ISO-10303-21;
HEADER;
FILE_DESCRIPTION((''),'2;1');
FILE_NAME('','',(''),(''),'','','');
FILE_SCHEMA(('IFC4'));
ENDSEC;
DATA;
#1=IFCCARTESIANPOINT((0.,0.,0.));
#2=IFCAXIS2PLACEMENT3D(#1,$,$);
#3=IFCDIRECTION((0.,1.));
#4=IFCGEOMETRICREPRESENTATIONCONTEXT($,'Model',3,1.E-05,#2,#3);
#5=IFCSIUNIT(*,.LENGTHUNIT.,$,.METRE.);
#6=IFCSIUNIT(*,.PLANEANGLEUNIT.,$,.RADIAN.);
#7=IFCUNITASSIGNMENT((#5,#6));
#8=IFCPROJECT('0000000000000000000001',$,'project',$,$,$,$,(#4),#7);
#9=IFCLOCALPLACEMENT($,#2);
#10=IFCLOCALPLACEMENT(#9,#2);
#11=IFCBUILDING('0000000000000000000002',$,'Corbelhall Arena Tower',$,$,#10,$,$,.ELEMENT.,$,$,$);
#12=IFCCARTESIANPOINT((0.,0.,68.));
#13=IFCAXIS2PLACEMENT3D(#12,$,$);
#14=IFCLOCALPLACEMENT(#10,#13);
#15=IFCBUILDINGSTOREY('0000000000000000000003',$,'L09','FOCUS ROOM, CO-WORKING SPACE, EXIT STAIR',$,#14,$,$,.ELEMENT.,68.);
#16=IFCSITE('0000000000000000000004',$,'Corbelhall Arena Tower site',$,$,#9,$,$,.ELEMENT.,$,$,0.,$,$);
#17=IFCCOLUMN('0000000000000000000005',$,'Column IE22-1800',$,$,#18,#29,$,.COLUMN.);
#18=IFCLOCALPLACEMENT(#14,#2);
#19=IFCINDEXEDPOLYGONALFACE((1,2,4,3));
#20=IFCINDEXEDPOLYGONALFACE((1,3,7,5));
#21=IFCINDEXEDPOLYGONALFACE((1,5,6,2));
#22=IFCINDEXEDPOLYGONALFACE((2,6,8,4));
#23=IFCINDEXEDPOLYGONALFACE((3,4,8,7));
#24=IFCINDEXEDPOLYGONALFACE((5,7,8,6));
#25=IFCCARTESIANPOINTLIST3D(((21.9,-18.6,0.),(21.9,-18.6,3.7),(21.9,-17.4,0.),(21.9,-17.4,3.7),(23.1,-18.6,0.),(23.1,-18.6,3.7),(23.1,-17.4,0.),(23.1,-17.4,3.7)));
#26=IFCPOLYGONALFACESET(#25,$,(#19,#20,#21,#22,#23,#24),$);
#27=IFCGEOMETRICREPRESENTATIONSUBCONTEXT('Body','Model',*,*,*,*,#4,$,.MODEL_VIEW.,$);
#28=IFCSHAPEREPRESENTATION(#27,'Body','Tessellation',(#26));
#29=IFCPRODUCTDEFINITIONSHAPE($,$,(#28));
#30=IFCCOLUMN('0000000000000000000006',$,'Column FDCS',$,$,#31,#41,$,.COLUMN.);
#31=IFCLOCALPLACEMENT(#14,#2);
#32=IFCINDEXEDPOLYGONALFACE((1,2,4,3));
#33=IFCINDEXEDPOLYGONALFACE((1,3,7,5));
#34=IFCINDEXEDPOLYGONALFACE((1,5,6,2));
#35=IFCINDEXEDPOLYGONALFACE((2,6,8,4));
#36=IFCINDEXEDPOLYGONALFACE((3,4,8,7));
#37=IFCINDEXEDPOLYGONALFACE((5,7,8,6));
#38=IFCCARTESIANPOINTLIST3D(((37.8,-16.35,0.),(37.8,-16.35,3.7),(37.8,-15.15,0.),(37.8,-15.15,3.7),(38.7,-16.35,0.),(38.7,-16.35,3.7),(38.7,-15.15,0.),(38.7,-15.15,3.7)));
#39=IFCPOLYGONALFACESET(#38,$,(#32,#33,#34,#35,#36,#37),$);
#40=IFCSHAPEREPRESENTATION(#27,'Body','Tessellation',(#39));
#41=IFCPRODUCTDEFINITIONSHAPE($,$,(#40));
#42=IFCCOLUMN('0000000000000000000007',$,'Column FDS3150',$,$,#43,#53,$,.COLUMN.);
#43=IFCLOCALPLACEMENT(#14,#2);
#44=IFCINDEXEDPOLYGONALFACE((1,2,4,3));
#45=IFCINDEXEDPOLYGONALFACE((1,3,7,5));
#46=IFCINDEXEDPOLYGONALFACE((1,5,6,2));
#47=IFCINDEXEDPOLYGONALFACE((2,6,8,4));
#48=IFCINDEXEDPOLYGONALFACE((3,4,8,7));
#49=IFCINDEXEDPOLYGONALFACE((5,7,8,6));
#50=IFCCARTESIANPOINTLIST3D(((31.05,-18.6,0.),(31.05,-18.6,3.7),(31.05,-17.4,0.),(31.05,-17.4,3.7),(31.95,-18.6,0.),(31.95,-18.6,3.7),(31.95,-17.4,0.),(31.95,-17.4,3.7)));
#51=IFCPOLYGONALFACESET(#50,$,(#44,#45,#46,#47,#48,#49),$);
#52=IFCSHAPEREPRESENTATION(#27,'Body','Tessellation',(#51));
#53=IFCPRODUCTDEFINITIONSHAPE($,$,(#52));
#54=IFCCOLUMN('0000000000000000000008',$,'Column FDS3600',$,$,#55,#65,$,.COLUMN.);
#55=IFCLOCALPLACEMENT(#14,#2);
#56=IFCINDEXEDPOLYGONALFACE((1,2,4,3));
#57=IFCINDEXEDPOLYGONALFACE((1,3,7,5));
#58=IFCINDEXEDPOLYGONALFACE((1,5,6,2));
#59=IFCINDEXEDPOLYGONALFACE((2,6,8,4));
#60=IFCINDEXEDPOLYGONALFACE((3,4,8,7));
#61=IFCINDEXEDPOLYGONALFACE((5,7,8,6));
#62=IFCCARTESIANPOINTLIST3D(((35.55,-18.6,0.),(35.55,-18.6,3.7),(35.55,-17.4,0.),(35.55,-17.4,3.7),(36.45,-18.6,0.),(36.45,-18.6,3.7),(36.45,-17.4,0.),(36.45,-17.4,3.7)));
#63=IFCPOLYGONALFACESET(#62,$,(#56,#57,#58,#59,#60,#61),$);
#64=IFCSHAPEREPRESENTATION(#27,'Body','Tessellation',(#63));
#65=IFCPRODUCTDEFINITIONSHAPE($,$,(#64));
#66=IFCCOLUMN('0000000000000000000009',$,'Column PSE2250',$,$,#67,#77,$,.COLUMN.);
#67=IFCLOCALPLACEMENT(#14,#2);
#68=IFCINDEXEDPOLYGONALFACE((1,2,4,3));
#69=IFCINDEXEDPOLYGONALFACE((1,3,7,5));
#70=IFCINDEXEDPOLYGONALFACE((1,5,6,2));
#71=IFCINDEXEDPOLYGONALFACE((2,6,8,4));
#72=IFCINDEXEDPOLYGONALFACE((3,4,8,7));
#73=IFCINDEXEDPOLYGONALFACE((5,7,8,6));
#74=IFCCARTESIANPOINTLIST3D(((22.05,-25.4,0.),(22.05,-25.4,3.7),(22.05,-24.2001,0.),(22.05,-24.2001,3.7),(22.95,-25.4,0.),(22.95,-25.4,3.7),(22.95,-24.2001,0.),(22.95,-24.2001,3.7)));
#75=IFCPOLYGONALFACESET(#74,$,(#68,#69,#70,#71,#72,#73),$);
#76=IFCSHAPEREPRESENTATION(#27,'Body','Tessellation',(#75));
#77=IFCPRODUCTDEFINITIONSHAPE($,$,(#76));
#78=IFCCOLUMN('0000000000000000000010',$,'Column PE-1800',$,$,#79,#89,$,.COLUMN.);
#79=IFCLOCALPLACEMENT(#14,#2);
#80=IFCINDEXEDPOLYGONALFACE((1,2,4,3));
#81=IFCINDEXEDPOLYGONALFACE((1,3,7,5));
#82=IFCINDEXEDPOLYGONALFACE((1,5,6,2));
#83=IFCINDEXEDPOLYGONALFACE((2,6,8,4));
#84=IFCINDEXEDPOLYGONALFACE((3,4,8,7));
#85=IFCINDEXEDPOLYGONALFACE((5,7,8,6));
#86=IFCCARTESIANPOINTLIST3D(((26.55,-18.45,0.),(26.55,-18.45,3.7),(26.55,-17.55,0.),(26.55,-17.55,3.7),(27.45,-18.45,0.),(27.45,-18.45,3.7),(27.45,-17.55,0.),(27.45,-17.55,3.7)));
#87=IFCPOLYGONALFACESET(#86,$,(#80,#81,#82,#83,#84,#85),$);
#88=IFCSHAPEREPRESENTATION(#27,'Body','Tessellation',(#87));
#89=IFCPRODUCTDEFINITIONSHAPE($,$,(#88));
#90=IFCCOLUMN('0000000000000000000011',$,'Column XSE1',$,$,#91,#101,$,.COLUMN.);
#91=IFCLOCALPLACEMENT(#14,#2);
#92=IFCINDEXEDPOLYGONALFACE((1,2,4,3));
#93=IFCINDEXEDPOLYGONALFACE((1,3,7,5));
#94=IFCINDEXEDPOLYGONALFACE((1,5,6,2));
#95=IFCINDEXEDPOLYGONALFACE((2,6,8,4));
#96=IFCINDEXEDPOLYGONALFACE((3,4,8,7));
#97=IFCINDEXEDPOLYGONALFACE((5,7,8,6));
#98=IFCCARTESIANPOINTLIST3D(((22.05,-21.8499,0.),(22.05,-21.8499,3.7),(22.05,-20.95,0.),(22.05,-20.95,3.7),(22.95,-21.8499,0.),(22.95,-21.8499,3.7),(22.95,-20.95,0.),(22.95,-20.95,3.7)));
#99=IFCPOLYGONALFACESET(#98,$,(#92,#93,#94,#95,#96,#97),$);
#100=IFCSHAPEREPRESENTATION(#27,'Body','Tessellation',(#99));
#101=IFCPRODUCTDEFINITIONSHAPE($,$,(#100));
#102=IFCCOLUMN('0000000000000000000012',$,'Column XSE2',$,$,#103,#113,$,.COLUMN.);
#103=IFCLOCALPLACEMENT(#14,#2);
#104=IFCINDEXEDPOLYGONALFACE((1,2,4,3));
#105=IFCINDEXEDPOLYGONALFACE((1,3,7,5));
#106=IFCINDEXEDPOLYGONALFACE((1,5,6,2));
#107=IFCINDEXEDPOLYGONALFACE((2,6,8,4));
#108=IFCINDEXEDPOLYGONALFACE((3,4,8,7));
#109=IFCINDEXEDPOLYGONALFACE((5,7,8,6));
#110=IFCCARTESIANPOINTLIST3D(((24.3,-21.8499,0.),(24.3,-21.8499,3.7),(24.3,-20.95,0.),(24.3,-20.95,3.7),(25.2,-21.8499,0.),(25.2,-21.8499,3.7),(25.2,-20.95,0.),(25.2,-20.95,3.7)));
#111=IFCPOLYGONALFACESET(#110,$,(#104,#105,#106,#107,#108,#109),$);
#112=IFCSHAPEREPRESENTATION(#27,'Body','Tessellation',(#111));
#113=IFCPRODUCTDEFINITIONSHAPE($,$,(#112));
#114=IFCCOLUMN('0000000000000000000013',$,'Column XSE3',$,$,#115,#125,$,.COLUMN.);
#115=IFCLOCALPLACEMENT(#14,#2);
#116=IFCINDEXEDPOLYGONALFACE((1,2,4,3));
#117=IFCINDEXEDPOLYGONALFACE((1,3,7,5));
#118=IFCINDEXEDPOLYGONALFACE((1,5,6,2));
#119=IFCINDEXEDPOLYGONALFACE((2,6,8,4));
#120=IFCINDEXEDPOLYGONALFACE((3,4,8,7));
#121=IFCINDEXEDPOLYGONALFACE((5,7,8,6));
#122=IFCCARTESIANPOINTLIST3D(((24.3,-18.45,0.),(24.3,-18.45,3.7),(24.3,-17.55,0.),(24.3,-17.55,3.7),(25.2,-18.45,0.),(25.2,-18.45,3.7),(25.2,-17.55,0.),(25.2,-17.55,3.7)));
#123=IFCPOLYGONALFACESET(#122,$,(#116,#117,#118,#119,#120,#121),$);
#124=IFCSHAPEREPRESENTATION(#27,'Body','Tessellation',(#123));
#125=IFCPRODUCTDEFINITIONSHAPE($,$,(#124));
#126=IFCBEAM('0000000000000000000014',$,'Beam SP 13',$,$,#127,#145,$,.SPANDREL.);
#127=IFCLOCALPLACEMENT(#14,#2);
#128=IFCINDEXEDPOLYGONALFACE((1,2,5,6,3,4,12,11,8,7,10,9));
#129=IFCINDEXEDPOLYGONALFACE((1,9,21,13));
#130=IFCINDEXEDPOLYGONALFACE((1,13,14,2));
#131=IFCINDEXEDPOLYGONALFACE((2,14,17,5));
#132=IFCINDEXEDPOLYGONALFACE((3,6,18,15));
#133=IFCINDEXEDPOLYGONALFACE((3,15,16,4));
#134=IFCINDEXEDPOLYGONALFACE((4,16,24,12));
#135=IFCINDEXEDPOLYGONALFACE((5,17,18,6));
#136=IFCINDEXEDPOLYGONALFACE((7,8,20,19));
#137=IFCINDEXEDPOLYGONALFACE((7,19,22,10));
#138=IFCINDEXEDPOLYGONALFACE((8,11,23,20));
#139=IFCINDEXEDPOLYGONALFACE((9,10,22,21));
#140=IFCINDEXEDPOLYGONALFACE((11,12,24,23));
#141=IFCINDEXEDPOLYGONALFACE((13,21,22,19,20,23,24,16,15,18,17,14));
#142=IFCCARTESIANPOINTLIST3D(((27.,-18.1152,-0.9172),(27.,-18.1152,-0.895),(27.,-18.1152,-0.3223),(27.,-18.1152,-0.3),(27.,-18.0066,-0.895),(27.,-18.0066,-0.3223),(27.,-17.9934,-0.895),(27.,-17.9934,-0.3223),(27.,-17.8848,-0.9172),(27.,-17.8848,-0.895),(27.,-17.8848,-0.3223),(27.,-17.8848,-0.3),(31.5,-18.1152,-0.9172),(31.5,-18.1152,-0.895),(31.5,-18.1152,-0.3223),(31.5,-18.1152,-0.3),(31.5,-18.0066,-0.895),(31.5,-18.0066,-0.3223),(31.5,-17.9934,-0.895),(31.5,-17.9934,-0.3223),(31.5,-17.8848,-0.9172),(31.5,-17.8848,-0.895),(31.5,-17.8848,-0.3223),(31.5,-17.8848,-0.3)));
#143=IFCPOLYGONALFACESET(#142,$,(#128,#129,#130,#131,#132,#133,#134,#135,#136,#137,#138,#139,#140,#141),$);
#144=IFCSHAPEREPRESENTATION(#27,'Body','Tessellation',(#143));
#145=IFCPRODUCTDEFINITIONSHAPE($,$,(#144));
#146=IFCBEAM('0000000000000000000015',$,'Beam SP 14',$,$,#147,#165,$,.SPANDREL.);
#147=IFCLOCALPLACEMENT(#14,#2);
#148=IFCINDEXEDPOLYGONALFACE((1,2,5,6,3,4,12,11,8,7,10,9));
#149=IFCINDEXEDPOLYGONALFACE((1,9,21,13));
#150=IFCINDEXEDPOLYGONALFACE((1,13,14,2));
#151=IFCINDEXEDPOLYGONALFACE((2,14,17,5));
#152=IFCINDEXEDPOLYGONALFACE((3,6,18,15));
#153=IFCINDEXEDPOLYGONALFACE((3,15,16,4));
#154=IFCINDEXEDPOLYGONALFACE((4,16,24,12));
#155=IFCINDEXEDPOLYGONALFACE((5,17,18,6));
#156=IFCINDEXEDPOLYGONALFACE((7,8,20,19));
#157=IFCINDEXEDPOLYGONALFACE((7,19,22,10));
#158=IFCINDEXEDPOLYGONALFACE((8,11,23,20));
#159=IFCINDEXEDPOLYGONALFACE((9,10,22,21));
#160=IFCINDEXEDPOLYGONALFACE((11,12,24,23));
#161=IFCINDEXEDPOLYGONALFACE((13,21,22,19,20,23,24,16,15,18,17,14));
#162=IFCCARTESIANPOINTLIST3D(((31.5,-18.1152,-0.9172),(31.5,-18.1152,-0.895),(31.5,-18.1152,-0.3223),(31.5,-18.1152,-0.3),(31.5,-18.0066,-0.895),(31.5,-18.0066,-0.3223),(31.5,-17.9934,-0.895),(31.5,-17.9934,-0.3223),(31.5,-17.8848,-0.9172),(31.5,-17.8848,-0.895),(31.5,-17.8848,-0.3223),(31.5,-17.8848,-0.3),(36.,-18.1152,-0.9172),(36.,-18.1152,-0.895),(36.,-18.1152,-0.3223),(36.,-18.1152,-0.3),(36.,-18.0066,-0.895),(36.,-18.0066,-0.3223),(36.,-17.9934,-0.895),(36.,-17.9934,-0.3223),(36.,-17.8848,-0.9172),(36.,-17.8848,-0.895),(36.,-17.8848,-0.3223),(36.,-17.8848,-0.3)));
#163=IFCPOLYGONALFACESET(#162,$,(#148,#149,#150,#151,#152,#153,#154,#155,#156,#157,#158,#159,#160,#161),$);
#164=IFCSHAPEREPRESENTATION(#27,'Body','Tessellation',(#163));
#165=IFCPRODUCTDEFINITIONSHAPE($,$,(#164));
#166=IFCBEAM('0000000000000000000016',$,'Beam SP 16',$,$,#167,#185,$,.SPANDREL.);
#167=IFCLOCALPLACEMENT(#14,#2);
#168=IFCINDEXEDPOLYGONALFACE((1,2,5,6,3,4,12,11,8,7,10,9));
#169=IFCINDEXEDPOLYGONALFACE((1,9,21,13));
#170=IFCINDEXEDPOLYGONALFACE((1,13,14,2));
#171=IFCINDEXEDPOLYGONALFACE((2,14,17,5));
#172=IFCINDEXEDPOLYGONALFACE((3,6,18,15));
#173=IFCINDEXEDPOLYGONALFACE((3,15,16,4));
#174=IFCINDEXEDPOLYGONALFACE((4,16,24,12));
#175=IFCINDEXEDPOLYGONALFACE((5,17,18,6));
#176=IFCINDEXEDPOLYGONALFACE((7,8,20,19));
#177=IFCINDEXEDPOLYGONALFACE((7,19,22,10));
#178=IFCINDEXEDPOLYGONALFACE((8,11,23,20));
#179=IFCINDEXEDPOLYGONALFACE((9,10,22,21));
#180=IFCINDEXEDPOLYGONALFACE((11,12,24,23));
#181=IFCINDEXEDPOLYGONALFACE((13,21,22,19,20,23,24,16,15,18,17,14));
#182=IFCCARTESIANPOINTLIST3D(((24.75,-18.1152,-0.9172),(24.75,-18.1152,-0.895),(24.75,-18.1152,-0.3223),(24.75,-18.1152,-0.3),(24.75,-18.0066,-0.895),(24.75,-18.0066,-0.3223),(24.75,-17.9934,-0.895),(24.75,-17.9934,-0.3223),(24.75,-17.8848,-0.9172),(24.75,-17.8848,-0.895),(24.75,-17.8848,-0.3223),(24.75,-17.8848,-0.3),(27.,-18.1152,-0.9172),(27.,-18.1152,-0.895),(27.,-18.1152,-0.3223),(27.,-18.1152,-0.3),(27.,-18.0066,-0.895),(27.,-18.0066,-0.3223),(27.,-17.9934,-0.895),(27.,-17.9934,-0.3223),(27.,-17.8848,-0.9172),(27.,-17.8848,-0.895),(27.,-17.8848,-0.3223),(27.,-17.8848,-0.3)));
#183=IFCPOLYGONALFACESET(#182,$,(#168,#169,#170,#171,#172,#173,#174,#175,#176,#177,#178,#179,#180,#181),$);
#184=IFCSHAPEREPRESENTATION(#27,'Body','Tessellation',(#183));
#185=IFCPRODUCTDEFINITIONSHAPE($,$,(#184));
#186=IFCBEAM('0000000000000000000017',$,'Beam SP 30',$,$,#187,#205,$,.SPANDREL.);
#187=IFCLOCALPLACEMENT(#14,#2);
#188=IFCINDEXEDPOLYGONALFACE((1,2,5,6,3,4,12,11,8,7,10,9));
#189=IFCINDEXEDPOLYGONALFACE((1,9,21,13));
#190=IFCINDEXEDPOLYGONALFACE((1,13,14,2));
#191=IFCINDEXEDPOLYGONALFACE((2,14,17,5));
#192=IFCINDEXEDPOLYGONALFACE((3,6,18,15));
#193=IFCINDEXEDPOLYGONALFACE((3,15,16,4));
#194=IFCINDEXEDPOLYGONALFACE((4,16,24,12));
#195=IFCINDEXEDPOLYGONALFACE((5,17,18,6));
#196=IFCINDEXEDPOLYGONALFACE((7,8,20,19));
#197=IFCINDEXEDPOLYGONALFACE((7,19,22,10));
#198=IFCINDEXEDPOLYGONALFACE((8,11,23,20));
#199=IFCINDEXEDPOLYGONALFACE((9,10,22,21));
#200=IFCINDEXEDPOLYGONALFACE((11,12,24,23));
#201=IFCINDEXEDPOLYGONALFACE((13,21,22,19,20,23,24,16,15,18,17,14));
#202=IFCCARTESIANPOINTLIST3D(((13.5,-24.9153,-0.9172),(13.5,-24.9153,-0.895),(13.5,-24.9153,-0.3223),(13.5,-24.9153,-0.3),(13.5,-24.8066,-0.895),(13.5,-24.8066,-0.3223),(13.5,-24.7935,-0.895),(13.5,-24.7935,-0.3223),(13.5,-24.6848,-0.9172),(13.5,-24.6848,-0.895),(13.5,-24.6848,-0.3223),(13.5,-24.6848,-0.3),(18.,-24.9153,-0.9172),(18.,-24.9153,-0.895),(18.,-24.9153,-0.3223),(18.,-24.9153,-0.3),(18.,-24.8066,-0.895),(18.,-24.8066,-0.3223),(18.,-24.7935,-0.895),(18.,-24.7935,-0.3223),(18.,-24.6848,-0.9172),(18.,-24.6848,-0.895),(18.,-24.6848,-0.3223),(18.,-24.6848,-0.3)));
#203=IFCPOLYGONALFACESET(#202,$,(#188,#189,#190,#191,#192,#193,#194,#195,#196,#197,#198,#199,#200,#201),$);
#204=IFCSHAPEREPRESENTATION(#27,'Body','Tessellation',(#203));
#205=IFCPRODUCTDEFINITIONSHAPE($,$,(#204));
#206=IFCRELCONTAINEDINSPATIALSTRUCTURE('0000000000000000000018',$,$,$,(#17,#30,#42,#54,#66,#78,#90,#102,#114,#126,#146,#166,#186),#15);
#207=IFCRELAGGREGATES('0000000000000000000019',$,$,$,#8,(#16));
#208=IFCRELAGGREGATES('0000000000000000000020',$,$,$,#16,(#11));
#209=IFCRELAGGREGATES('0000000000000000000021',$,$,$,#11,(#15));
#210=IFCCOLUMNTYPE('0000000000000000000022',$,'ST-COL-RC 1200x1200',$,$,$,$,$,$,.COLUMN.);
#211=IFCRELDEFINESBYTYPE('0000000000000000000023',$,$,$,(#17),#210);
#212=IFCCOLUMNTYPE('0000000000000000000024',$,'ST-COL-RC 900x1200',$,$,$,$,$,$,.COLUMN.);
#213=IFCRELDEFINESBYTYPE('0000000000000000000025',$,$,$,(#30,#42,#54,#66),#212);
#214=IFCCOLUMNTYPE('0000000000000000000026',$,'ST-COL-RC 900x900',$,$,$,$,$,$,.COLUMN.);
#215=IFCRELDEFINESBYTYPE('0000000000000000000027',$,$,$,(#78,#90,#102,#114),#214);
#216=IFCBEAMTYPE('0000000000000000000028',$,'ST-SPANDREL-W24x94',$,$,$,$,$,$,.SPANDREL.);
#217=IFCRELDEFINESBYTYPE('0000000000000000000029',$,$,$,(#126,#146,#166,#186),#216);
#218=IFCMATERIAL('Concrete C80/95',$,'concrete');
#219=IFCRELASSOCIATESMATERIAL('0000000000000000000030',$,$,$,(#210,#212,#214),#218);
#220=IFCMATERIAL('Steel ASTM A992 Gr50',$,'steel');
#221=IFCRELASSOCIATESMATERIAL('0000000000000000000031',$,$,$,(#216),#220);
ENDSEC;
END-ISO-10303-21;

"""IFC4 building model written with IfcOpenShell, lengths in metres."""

from ifc_helpers import new_model, si_unit, direction, frame, origin, origin_2d, place, context, subcontext, project, spatial, rectangle, i_section, extrude, material, material_profile, profile_set, type_object, element, save


model = new_model("IFC4")

# Units and contexts
model_context = context("Model", 3, precision=1e-05, world=origin(), true_north=direction((0.0, 1.0)))
body_context = subcontext(model_context, "Body", "Model", "MODEL_VIEW")
ifc_project = project(units=[si_unit("LENGTHUNIT", "METRE"), si_unit("PLANEANGLEUNIT", "RADIAN")], contexts=[model_context])

# Site, building, storey
site_placement = place(None, origin())
site = spatial("IfcSite", under=ifc_project, at=site_placement, Name="Corbelhall Arena Tower site", CompositionType="ELEMENT", RefElevation=0.0)
building_placement = place(site_placement, origin())
building = spatial("IfcBuilding", under=site, at=building_placement, Name="Corbelhall Arena Tower", CompositionType="ELEMENT")
storey_placement = place(building_placement, frame((0.0, 0.0, 68.0)))
storey = spatial("IfcBuildingStorey", under=building, at=storey_placement, Name="L09", Description="FOCUS ROOM, CO-WORKING SPACE, EXIT STAIR", CompositionType="ELEMENT", Elevation=68.0)

# Columns
ifc_material_1 = material(Name="Concrete C80/95", Category="concrete")
ifc_material_profile_1 = material_profile(ifc_material_1, rectangle(XDim=1.2, YDim=1.2, at=origin_2d()))
ifc_profile_set_1 = profile_set([ifc_material_profile_1], Name="Concrete C80/95")
column_type_1 = type_object("IfcColumnType", Name="ST-COL-RC 1200x1200", PredefinedType="COLUMN", material=ifc_profile_set_1)
column_placement = place(storey_placement, frame((22.5, -18.0, 0.0), z_axis=(0.0, 0.0, 1.0), x_axis=(1.0, 0.0, 0.0)))
element("IfcColumn", 1, at=column_placement, inside=storey, type_object=column_type_1, Name="Column IE22-1800", PredefinedType="COLUMN", context=body_context, shape_type="SweptSolid", body=[
    extrude(rectangle(XDim=1.2, YDim=1.2, at=origin_2d()), origin(), (0.0, 0.0, 1.0), 3.7),
])
ifc_material_profile_2 = material_profile(ifc_material_1, rectangle(XDim=0.8999, YDim=1.2, at=origin_2d()))
ifc_profile_set_2 = profile_set([ifc_material_profile_2], Name="Concrete C80/95")
column_type_2 = type_object("IfcColumnType", Name="ST-COL-RC 900x1200", PredefinedType="COLUMN", material=ifc_profile_set_2)
for number, where, z_axis, x_axis, name in (
    (2, (38.25, -15.75, 0.0), (0.0, 0.0, 1.0), (1.0, 0.0, 0.0), "Column FDCS"),
    (3, (31.5, -18.0, 0.0), (0.0, 0.0, 1.0), (1.0, 0.0, 0.0), "Column FDS3150"),
    (4, (36.0, -18.0, 0.0), (0.0, 0.0, 1.0), (1.0, 0.0, 0.0), "Column FDS3600"),
    (5, (22.5, -24.8, 0.0), (0.0, 0.0, 1.0), (1.0, 0.0, 0.0), "Column PSE2250"),
):
    element("IfcColumn", number, at=place(storey_placement, frame(where, z_axis=z_axis, x_axis=x_axis)), inside=storey, type_object=column_type_2, Name=name, PredefinedType="COLUMN", context=body_context, shape_type="SweptSolid", body=[
        extrude(rectangle(XDim=0.8999, YDim=1.2, at=origin_2d()), origin(), (0.0, 0.0, 1.0), 3.7),
    ])
ifc_material_profile_3 = material_profile(ifc_material_1, rectangle(XDim=0.8999, YDim=0.8999, at=origin_2d()))
ifc_profile_set_3 = profile_set([ifc_material_profile_3], Name="Concrete C80/95")
column_type_3 = type_object("IfcColumnType", Name="ST-COL-RC 900x900", PredefinedType="COLUMN", material=ifc_profile_set_3)
for number, where, z_axis, x_axis, name in (
    (6, (27.0, -18.0, 0.0), (0.0, 0.0, 1.0), (1.0, 0.0, 0.0), "Column PE-1800"),
    (7, (22.5, -21.3999, 0.0), (0.0, 0.0, 1.0), (1.0, 0.0, 0.0), "Column XSE1"),
    (8, (24.75, -21.3999, 0.0), (0.0, 0.0, 1.0), (1.0, 0.0, 0.0), "Column XSE2"),
    (9, (24.75, -18.0, 0.0), (0.0, 0.0, 1.0), (1.0, 0.0, 0.0), "Column XSE3"),
):
    element("IfcColumn", number, at=place(storey_placement, frame(where, z_axis=z_axis, x_axis=x_axis)), inside=storey, type_object=column_type_3, Name=name, PredefinedType="COLUMN", context=body_context, shape_type="SweptSolid", body=[
        extrude(rectangle(XDim=0.8999, YDim=0.8999, at=origin_2d()), origin(), (0.0, 0.0, 1.0), 3.7),
    ])

# Beams
ifc_material_2 = material(Name="Steel ASTM A992 Gr50", Category="steel")
ifc_material_profile_4 = material_profile(ifc_material_2, i_section(OverallWidth=0.2305, OverallDepth=0.6172, WebThickness=0.0132, FlangeThickness=0.0222, at=origin_2d()))
ifc_profile_set_4 = profile_set([ifc_material_profile_4], Name="Steel ASTM A992 Gr50")
beam_type = type_object("IfcBeamType", Name="ST-SPANDREL-W24x94", PredefinedType="SPANDREL", material=ifc_profile_set_4)
for number, where, z_axis, x_axis, name in (
    (10, (31.5, -18.0, -0.6086), (-1.0, 0.0, 0.0), (0.0, -1.0, 0.0), "Beam SP 13"),
    (11, (36.0, -18.0, -0.6086), (-1.0, 0.0, 0.0), (0.0, -1.0, 0.0), "Beam SP 14"),
):
    element("IfcBeam", number, at=place(storey_placement, frame(where, z_axis=z_axis, x_axis=x_axis)), inside=storey, type_object=beam_type, Name=name, PredefinedType="SPANDREL", context=body_context, shape_type="SweptSolid", body=[
        extrude(i_section(OverallWidth=0.2305, OverallDepth=0.6172, WebThickness=0.0132, FlangeThickness=0.0222, at=origin_2d()), origin(), (0.0, 0.0, 1.0), 4.5),
    ])
beam_1_placement = place(storey_placement, frame((27.0, -18.0, -0.6086), z_axis=(-1.0, 0.0, 0.0), x_axis=(0.0, -1.0, 0.0)))
element("IfcBeam", 12, at=beam_1_placement, inside=storey, type_object=beam_type, Name="Beam SP 16", PredefinedType="SPANDREL", context=body_context, shape_type="SweptSolid", body=[
    extrude(i_section(OverallWidth=0.2305, OverallDepth=0.6172, WebThickness=0.0132, FlangeThickness=0.0222, at=origin_2d()), origin(), (0.0, 0.0, 1.0), 2.25),
])
for number, where, z_axis, x_axis, name in (
    (13, (18.0, -24.8, -0.6086), (-1.0, 0.0, 0.0), (0.0, -1.0, 0.0), "Beam SP 30"),
):
    element("IfcBeam", number, at=place(storey_placement, frame(where, z_axis=z_axis, x_axis=x_axis)), inside=storey, type_object=beam_type, Name=name, PredefinedType="SPANDREL", context=body_context, shape_type="SweptSolid", body=[
        extrude(i_section(OverallWidth=0.2305, OverallDepth=0.6172, WebThickness=0.0132, FlangeThickness=0.0222, at=origin_2d()), origin(), (0.0, 0.0, 1.0), 4.5),
    ])

save(model, "model.ifc")
